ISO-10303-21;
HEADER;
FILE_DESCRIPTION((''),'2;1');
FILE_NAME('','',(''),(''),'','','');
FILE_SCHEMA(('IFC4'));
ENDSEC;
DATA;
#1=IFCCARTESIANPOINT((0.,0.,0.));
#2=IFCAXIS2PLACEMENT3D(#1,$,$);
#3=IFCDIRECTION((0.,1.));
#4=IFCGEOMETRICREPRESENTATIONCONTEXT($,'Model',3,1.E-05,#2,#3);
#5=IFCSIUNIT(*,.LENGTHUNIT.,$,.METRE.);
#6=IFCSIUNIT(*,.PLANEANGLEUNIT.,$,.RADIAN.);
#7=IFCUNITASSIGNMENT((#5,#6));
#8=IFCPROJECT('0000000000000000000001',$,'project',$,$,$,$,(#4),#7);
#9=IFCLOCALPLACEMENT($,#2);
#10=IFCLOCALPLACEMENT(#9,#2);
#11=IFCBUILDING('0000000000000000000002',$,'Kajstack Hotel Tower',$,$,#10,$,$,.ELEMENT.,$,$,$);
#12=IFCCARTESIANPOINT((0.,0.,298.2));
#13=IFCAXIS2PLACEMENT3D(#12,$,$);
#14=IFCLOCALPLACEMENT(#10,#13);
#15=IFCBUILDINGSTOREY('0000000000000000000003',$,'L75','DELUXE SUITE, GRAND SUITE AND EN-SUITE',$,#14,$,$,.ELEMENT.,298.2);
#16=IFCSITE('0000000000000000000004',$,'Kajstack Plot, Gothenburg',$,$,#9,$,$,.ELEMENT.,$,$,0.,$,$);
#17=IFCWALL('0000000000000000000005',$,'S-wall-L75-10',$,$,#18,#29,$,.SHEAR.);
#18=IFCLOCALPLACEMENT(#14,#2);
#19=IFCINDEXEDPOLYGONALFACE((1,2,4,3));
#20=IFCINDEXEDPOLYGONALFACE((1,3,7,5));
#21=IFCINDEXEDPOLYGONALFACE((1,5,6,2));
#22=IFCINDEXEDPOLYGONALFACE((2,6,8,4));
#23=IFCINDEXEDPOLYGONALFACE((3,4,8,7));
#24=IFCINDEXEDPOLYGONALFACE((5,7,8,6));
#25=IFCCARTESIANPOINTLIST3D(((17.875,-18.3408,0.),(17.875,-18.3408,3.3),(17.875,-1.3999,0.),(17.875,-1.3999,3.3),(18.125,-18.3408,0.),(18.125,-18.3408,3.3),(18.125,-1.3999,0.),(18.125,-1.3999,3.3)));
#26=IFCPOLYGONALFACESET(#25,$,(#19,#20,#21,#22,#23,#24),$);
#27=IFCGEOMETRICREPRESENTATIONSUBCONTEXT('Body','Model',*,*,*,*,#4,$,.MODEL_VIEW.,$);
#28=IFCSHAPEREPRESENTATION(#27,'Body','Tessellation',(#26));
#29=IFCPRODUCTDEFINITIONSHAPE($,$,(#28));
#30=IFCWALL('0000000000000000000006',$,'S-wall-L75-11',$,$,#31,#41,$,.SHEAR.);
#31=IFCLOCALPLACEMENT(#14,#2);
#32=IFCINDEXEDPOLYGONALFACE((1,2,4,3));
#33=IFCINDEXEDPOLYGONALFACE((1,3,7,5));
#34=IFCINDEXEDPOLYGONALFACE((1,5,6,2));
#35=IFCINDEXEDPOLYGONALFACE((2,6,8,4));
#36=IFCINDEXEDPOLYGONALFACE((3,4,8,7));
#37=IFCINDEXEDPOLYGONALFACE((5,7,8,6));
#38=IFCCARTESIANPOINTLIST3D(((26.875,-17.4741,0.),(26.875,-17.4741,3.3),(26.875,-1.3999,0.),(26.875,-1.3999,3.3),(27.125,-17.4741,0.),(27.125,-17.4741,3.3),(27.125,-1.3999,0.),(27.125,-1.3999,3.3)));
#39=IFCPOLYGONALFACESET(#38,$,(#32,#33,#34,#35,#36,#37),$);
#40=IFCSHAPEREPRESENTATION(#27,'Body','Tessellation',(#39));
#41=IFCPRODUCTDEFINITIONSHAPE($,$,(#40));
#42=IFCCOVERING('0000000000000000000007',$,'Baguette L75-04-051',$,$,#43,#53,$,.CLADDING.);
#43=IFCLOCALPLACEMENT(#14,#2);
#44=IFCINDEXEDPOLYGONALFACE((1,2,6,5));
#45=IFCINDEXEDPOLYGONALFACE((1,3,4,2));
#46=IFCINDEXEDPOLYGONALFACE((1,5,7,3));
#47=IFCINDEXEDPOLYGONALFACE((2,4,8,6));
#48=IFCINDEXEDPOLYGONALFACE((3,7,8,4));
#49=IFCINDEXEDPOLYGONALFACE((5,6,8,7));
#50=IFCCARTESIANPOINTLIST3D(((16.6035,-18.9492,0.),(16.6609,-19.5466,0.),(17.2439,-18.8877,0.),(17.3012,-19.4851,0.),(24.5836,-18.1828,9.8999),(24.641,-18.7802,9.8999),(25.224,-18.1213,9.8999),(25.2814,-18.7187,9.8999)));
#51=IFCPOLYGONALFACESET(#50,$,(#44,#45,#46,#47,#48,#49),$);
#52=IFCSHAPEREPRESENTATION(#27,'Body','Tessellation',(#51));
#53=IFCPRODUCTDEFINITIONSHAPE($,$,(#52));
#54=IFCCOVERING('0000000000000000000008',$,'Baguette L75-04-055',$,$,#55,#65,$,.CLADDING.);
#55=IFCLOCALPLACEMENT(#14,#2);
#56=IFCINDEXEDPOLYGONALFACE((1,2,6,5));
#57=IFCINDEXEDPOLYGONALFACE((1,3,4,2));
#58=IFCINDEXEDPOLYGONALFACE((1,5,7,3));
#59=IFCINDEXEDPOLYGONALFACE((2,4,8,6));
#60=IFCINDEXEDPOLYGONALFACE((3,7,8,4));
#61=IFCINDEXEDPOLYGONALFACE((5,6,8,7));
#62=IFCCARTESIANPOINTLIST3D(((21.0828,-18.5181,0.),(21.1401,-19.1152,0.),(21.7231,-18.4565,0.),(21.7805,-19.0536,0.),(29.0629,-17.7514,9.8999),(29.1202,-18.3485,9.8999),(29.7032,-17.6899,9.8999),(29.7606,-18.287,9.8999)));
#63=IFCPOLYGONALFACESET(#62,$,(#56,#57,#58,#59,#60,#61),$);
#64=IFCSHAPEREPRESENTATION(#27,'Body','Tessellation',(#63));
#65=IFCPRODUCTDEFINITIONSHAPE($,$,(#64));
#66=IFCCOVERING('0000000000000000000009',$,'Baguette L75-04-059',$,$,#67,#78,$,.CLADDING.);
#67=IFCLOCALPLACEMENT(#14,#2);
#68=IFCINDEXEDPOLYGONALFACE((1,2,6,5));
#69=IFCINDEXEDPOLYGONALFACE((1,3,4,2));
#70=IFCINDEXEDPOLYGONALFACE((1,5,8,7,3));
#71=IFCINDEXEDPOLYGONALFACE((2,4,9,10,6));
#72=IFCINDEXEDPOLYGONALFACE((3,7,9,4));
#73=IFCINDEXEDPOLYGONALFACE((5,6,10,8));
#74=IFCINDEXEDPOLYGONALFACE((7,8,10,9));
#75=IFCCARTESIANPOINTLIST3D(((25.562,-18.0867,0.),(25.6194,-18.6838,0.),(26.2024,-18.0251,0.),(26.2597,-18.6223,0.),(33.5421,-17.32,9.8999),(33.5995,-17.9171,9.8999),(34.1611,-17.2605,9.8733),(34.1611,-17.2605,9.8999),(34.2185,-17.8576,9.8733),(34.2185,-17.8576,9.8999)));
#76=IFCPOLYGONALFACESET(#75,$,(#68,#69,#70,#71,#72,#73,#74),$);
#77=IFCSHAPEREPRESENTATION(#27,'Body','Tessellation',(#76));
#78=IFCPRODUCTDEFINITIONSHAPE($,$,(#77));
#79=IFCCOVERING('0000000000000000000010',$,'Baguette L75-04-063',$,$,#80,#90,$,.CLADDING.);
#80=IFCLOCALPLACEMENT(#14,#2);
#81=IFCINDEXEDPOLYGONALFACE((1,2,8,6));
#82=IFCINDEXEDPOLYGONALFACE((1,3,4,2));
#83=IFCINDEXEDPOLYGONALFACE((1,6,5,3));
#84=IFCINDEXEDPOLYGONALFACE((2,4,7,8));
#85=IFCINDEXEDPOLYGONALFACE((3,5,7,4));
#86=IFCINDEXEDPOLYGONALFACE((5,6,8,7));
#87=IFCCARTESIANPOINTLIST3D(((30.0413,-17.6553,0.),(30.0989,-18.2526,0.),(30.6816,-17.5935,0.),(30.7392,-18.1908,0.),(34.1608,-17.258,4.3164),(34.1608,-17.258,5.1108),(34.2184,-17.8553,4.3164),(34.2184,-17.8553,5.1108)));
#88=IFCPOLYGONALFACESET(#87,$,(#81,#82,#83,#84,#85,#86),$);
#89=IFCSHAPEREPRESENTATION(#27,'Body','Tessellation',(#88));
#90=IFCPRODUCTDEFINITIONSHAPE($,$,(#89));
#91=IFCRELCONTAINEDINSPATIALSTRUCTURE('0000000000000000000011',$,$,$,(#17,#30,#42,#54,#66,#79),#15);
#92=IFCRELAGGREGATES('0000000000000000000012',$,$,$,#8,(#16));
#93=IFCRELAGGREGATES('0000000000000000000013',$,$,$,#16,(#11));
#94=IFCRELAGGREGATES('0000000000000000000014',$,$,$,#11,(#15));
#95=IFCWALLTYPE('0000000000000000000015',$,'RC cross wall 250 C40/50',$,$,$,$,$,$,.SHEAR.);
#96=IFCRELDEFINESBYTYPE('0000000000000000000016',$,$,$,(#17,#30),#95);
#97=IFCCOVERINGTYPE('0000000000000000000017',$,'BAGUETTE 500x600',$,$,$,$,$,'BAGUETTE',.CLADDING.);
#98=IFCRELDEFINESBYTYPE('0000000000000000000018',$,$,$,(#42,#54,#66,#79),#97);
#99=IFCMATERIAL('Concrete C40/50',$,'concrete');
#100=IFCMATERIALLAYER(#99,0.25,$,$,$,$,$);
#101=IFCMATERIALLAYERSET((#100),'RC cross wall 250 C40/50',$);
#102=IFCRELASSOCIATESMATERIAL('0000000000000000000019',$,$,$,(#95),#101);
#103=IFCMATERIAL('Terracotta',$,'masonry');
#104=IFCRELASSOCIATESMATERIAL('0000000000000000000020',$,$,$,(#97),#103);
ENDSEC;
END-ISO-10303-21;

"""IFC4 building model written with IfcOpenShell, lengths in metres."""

from ifc_helpers import new_model, si_unit, direction, frame, frame_2d, origin, origin_2d, place, context, subcontext, project, spatial, polyline, rectangle, outline, extrude, material, layer, layer_set, material_profile, profile_set, type_object, element, save


model = new_model("IFC4")

# Units and contexts
model_context = context("Model", 3, precision=1e-05, world=origin(), true_north=direction((0.0, 1.0)))
body_context = subcontext(model_context, "Body", "Model", "MODEL_VIEW")
ifc_project = project(units=[si_unit("LENGTHUNIT", "METRE"), si_unit("PLANEANGLEUNIT", "RADIAN")], contexts=[model_context])

# Site, building, storey
site_placement = place(None, origin())
site = spatial("IfcSite", under=ifc_project, at=site_placement, Name="Kajstack Plot, Gothenburg", CompositionType="ELEMENT", RefElevation=0.0)
building_placement = place(site_placement, origin())
building = spatial("IfcBuilding", under=site, at=building_placement, Name="Kajstack Hotel Tower", CompositionType="ELEMENT")
storey_placement = place(building_placement, frame((0.0, 0.0, 298.2)))
storey = spatial("IfcBuildingStorey", under=building, at=storey_placement, Name="L75", Description="DELUXE SUITE, GRAND SUITE AND EN-SUITE", CompositionType="ELEMENT", Elevation=298.2)

# Walls
ifc_material_1 = material(Name="Concrete C40/50", Category="concrete")
ifc_layer_1 = layer(ifc_material_1, 0.25)
ifc_layer_set_1 = layer_set([ifc_layer_1], Name="RC cross wall 250 C40/50")
wall_type_1 = type_object("IfcWallType", Name="RC cross wall 250 C40/50", PredefinedType="SHEAR", material=ifc_layer_set_1)
wall_1_placement = place(storey_placement, frame((18.0, -18.3408, 0.0), z_axis=(0.0, 0.0, 1.0), x_axis=(0.0, 1.0, 0.0)))
element("IfcWall", 1, at=wall_1_placement, inside=storey, type_object=wall_type_1, Name="S-wall-L75-10", PredefinedType="SHEAR", context=body_context, shape_type="SweptSolid", body=[
    extrude(rectangle(XDim=16.9409, YDim=0.25, at=frame_2d((8.4705, 0.0))), origin(), (0.0, 0.0, 1.0), 3.3),
])
wall_2_placement = place(storey_placement, frame((27.0, -17.4741, 0.0), z_axis=(0.0, 0.0, 1.0), x_axis=(0.0, 1.0, 0.0)))
element("IfcWall", 2, at=wall_2_placement, inside=storey, type_object=wall_type_1, Name="S-wall-L75-11", PredefinedType="SHEAR", context=body_context, shape_type="SweptSolid", body=[
    extrude(rectangle(XDim=16.0742, YDim=0.25, at=frame_2d((8.0371, 0.0))), origin(), (0.0, 0.0, 1.0), 3.3),
])

# Coverings
ifc_material_2 = material(Name="Terracotta", Category="masonry")
ifc_material_profile = material_profile(ifc_material_2, rectangle(XDim=0.6001, YDim=0.5, at=origin_2d()), Name="Terracotta-clad concrete baguette 500 x 600")
ifc_profile_set = profile_set([ifc_material_profile], Name="Terracotta")
covering_type = type_object("IfcCoveringType", Name="BAGUETTE 500x600", ElementType="BAGUETTE", PredefinedType="CLADDING", material=ifc_profile_set)
covering_1_placement = place(storey_placement, frame((16.6035, -18.9492, 0.0), z_axis=(0.095596, -0.99542, 0.0), x_axis=(0.99542, 0.095596, 0.0)))
element("IfcCovering", 3, at=covering_1_placement, inside=storey, type_object=covering_type, Name="Baguette L75-04-051", PredefinedType="CLADDING", context=body_context, shape_type="SweptSolid", body=[
    extrude(outline(polyline([(8.0168, 9.8999), (0.0, 0.0), (0.6433, 0.0), (8.6602, 9.8999), (8.0168, 9.8999)])), origin(), (0.0, 0.0, 1.0), 0.6001),
])
covering_2_placement = place(storey_placement, frame((21.0828, -18.5181, 0.0), z_axis=(0.095635, -0.995416, 0.0), x_axis=(0.995416, 0.095635, 0.0)))
element("IfcCovering", 4, at=covering_2_placement, inside=storey, type_object=covering_type, Name="Baguette L75-04-055", PredefinedType="CLADDING", context=body_context, shape_type="SweptSolid", body=[
    extrude(outline(polyline([(8.0168, 9.8999), (0.0, 0.0), (0.6433, 0.0), (8.6602, 9.8999), (8.0168, 9.8999)])), origin(), (0.0, 0.0, 1.0), 0.5999),
])
covering_3_placement = place(storey_placement, frame((25.562, -18.0867, 0.0), z_axis=(0.095635, -0.995416, 0.0), x_axis=(0.995416, 0.095635, 0.0)))
element("IfcCovering", 5, at=covering_3_placement, inside=storey, type_object=covering_type, Name="Baguette L75-04-059", PredefinedType="CLADDING", context=body_context, shape_type="SweptSolid", body=[
    extrude(outline(polyline([(0.6433, 0.0), (8.6387, 9.8733), (8.6387, 9.8999), (8.0168, 9.8999), (0.0, 0.0), (0.6433, 0.0)])), origin(), (0.0, 0.0, 1.0), 0.5999),
])
covering_4_placement = place(storey_placement, frame((30.0413, -17.6553, 0.0), z_axis=(0.095999, -0.995381, 0.0), x_axis=(0.995381, 0.095999, 0.0)))
element("IfcCovering", 6, at=covering_4_placement, inside=storey, type_object=covering_type, Name="Baguette L75-04-063", PredefinedType="CLADDING", context=body_context, shape_type="SweptSolid", body=[
    extrude(outline(polyline([(0.6433, 0.0), (4.1387, 4.3164), (4.1387, 5.1108), (0.0, 0.0), (0.6433, 0.0)])), origin(), (0.0, 0.0, 1.0), 0.6001),
])

save(model, "model.ifc")
